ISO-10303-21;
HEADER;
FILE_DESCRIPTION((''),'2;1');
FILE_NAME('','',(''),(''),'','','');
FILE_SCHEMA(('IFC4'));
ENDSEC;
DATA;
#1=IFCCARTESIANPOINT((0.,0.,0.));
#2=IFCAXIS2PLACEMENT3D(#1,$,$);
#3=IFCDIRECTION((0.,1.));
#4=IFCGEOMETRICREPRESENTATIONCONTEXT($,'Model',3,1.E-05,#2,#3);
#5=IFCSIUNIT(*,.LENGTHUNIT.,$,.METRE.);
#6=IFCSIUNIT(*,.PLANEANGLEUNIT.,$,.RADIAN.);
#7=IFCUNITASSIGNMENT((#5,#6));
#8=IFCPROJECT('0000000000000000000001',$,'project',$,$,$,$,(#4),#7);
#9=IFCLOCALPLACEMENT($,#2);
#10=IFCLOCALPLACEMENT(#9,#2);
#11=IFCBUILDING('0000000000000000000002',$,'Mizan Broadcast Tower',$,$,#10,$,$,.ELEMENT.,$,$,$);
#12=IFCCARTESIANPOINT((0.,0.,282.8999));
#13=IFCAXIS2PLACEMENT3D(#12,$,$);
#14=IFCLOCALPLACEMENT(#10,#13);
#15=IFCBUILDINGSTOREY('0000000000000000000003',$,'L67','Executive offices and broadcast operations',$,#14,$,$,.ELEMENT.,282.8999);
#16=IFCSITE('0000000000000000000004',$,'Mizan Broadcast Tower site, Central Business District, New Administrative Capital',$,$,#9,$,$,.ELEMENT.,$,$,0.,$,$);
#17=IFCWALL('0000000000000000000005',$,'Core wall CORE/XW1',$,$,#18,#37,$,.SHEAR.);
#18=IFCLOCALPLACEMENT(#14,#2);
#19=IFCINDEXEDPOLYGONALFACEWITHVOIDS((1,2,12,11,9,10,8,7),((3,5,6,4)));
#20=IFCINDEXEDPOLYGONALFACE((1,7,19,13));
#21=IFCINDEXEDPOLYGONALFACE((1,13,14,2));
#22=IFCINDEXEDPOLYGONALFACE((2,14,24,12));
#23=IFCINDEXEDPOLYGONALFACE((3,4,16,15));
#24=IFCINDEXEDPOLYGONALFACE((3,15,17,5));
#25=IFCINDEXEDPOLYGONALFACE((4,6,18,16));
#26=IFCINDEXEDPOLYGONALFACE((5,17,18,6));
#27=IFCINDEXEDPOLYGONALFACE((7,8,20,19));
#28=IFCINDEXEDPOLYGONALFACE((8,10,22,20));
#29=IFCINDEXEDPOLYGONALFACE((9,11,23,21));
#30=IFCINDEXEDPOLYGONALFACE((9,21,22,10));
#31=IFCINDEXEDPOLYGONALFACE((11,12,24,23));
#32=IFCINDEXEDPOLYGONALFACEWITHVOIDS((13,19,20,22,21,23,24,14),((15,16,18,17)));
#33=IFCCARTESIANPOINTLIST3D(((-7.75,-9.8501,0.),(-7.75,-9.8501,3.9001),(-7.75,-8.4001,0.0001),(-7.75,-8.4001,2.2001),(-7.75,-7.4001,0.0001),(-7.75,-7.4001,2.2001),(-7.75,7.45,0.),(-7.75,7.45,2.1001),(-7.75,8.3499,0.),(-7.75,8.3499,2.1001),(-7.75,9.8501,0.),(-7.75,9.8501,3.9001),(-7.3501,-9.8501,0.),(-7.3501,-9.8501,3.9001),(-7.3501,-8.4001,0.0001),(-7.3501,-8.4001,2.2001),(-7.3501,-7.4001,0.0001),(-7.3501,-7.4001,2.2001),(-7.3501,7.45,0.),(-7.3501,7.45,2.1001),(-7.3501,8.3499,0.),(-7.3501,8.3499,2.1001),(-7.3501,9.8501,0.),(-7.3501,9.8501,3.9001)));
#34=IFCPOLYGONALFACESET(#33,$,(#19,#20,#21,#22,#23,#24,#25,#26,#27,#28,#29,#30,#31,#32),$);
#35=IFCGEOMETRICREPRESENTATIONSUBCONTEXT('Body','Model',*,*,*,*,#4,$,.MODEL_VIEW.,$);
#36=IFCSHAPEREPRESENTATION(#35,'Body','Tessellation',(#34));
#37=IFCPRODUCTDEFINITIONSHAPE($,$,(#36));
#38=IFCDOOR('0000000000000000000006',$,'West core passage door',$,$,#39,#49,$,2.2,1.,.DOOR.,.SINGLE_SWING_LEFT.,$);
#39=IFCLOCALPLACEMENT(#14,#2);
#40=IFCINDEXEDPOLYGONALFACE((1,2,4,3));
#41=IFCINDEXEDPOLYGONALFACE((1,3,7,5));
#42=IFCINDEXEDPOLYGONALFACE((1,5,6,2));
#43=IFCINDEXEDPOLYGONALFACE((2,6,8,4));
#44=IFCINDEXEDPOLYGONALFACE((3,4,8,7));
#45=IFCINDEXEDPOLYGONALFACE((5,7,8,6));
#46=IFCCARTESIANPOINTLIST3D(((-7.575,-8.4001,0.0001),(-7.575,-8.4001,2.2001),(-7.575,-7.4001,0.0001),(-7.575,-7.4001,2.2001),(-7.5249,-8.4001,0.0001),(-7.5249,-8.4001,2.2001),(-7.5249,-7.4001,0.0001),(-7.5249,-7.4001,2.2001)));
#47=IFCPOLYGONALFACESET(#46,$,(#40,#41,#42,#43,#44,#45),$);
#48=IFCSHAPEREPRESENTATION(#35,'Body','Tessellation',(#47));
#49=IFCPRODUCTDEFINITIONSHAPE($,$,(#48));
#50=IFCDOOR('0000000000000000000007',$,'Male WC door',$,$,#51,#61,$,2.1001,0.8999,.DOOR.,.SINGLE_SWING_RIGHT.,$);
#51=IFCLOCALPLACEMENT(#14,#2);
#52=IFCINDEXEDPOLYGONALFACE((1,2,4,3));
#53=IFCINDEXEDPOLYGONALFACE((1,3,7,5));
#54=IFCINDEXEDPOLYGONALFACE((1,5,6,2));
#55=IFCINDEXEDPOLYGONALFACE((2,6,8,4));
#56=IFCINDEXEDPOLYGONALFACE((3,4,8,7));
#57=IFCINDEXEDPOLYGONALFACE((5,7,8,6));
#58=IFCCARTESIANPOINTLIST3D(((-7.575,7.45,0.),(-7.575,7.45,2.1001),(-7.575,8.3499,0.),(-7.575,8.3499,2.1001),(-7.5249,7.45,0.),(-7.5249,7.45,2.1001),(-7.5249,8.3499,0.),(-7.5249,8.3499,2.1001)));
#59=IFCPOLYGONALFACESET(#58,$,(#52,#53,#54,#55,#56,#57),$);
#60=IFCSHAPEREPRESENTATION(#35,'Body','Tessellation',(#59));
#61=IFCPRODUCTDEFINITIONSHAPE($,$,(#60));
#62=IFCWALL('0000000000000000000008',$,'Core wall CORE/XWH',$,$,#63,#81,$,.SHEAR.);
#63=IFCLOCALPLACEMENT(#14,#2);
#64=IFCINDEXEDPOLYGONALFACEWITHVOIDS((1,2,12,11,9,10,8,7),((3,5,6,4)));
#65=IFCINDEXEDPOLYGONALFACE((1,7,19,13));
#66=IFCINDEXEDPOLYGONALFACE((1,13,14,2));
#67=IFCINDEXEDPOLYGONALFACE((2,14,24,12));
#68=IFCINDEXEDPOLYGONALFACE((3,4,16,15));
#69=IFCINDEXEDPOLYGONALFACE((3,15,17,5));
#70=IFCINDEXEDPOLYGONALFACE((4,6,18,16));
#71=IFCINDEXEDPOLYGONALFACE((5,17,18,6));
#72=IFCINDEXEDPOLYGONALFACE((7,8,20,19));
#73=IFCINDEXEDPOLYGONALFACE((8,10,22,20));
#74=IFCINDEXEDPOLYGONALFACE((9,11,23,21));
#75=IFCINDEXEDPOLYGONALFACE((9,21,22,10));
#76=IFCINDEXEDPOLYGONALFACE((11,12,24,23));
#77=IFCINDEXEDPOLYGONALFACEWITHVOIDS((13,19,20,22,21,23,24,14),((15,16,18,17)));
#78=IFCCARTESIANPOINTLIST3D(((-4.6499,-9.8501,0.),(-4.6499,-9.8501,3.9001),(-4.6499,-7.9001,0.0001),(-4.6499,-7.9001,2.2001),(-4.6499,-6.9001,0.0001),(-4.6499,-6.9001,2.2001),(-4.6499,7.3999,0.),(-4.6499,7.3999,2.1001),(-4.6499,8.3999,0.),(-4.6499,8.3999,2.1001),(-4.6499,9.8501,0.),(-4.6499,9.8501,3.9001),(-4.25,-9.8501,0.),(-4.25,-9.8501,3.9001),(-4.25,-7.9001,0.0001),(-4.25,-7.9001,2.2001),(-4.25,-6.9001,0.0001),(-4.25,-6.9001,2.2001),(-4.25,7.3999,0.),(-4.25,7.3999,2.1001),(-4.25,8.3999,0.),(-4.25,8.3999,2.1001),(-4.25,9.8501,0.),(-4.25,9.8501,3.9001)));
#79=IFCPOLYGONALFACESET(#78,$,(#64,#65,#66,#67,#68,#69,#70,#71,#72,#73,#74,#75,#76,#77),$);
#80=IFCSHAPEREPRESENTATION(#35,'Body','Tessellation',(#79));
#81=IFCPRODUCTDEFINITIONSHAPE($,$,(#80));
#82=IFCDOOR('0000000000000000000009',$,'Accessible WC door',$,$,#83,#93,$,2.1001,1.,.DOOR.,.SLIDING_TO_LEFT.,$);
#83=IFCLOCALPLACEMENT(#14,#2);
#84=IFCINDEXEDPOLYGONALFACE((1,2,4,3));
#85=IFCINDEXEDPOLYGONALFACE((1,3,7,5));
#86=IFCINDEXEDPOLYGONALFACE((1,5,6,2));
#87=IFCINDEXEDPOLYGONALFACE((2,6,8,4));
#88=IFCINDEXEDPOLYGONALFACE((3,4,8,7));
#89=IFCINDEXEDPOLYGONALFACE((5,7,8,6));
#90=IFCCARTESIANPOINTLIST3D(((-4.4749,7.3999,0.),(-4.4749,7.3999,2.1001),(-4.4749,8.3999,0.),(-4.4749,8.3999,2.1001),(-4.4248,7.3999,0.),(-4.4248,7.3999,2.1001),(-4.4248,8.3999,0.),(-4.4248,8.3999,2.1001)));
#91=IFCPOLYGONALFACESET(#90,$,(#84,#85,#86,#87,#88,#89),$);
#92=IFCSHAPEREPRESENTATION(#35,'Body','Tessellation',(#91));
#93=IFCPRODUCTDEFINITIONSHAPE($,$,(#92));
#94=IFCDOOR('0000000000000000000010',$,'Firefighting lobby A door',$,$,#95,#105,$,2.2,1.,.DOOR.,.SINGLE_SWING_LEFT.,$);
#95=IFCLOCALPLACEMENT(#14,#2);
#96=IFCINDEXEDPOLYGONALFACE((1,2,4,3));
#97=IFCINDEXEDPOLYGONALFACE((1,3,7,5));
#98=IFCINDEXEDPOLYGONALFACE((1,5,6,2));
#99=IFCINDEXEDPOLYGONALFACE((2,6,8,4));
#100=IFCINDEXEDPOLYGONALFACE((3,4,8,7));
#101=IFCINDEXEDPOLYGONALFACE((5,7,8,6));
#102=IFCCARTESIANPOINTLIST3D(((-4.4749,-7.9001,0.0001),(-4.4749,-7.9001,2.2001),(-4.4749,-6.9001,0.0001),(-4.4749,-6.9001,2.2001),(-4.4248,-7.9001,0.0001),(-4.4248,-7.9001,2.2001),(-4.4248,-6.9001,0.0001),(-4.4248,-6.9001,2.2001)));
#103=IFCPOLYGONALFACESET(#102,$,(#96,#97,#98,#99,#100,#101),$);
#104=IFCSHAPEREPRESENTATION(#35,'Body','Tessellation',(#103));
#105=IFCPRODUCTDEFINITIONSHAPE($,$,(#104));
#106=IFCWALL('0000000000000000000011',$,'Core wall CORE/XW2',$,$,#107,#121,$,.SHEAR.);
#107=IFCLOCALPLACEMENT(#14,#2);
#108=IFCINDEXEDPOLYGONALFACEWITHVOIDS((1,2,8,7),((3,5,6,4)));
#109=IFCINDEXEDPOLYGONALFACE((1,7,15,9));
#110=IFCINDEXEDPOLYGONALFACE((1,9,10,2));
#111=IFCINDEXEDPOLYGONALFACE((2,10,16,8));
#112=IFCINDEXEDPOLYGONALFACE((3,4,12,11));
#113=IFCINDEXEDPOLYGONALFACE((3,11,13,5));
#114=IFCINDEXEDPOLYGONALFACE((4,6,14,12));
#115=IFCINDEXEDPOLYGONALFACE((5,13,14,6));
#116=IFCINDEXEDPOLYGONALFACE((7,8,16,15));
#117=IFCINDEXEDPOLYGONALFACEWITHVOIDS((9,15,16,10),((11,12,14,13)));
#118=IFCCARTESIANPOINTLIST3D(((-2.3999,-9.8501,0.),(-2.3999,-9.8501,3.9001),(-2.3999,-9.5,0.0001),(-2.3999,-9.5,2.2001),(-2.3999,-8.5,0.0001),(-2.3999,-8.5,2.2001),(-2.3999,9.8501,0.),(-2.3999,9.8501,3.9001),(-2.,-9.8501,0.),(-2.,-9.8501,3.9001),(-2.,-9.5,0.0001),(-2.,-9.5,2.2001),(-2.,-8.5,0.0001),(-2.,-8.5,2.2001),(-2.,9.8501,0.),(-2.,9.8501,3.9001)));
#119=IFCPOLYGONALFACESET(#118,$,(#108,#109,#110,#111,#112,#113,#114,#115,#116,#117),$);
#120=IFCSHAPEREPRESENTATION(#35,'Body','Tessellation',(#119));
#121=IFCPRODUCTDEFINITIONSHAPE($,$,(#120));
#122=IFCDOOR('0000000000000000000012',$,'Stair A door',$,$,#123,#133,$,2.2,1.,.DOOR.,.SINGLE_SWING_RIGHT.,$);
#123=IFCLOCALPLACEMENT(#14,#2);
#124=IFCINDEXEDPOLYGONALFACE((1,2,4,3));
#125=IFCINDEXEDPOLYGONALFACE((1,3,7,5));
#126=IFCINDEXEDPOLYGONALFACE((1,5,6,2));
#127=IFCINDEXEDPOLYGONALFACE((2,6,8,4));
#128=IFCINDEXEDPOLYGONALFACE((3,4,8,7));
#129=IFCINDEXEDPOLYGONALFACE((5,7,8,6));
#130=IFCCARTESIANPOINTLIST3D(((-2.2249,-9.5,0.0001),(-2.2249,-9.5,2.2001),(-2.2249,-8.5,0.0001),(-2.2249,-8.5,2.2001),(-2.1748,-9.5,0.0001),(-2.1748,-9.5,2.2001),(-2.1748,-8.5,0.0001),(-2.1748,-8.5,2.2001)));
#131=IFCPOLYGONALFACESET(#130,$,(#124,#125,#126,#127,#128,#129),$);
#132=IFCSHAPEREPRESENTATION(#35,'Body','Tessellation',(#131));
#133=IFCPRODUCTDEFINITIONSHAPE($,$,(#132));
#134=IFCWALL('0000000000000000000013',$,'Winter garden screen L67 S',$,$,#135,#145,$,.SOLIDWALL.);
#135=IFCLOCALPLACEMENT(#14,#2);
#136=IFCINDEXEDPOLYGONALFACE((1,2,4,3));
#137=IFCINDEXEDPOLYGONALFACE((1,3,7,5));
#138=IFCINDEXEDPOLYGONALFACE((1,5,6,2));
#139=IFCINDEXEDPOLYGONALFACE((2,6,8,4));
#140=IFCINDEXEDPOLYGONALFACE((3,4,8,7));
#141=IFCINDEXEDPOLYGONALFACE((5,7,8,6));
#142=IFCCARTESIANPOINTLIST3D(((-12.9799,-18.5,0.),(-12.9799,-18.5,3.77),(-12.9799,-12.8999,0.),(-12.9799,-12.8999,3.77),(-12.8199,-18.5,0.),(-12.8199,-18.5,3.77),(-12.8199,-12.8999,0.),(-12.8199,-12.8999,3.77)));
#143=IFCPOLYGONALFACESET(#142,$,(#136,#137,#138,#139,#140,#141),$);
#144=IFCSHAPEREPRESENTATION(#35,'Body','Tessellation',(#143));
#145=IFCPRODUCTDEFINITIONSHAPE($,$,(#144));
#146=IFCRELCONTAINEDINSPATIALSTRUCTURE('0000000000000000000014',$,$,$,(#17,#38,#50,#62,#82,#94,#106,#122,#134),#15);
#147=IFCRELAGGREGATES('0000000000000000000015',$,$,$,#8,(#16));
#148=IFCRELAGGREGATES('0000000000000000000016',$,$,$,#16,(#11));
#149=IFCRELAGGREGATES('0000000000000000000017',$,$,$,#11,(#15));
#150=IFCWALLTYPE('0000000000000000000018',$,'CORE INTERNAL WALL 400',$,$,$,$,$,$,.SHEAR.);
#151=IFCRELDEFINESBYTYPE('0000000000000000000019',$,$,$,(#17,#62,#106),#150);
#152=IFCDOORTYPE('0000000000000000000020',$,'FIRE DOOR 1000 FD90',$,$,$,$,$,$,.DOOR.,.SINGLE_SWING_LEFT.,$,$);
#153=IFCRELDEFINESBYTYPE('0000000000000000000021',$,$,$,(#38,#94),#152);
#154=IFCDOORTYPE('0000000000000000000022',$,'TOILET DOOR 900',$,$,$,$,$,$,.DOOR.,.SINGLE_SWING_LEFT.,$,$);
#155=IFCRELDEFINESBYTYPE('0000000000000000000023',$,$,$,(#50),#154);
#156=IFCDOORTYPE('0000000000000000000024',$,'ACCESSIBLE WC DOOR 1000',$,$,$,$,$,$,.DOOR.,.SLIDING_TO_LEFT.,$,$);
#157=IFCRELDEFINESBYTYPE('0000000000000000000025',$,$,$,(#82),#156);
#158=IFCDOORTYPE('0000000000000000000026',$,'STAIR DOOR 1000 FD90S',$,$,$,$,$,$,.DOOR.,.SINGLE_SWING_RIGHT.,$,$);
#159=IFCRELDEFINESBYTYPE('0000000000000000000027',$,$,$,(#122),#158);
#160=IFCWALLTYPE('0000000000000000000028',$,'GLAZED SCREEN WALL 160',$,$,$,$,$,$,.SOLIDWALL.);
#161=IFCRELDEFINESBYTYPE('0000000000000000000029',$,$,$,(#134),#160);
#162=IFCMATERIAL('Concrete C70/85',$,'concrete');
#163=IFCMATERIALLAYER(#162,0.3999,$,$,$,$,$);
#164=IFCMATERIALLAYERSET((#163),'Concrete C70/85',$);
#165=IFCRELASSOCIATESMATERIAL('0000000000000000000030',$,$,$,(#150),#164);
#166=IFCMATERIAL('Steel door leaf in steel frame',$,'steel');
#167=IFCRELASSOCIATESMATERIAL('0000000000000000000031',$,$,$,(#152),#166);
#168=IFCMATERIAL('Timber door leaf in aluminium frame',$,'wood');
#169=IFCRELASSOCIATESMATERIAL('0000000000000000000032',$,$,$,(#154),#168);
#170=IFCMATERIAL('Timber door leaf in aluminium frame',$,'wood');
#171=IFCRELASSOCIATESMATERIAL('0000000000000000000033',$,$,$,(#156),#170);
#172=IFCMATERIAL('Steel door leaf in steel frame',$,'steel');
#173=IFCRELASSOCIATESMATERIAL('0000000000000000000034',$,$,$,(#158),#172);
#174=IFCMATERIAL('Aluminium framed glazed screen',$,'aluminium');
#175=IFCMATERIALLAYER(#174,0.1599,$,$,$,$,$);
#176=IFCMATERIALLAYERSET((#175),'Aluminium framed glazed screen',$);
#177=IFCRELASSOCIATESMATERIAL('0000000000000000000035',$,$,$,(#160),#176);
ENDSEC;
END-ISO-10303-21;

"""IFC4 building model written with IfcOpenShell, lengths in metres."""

from ifc_helpers import new_model, si_unit, direction, frame, frame_2d, origin, place, context, subcontext, project, spatial, rectangle, extrude, material, layer, layer_set, type_object, element, fill, save


model = new_model("IFC4")

# Units and contexts
model_context = context("Model", 3, precision=1e-05, world=origin(), true_north=direction((0.0, 1.0)))
body_context = subcontext(model_context, "Body", "Model", "MODEL_VIEW")
ifc_project = project(units=[si_unit("LENGTHUNIT", "METRE"), si_unit("PLANEANGLEUNIT", "RADIAN")], contexts=[model_context])

# Site, building, storey
site_placement = place(None, origin())
site = spatial("IfcSite", under=ifc_project, at=site_placement, Name="Mizan Broadcast Tower site, Central Business District, New Administrative Capital", CompositionType="ELEMENT", RefElevation=0.0)
building_placement = place(site_placement, origin())
building = spatial("IfcBuilding", under=site, at=building_placement, Name="Mizan Broadcast Tower", CompositionType="ELEMENT")
storey_placement = place(building_placement, frame((0.0, 0.0, 282.8999)))
storey = spatial("IfcBuildingStorey", under=building, at=storey_placement, Name="L67", Description="Executive offices and broadcast operations", CompositionType="ELEMENT", Elevation=282.8999)

# Walls, openings, doors
ifc_material_1 = material(Name="Concrete C70/85", Category="concrete")
ifc_layer_1 = layer(ifc_material_1, 0.3999)
ifc_layer_set_1 = layer_set([ifc_layer_1], Name="Concrete C70/85")
wall_type_1 = type_object("IfcWallType", Name="CORE INTERNAL WALL 400", PredefinedType="SHEAR", material=ifc_layer_set_1)
wall_1_placement = place(storey_placement, frame((-7.55, -9.8501, 0.0), z_axis=(0.0, 0.0, 1.0), x_axis=(0.0, 1.0, 0.0)))
wall_1 = element("IfcWall", 1, at=wall_1_placement, inside=storey, type_object=wall_type_1, Name="Core wall CORE/XW1", PredefinedType="SHEAR", context=body_context, shape_type="SweptSolid", body=[
    extrude(rectangle(XDim=19.7002, YDim=0.3999, at=frame_2d((9.8501, 0.0))), origin(), (0.0, 0.0, 1.0), 3.9001),
])
opening_1_placement = place(wall_1_placement, frame((1.45, 0.0, 0.0)))
opening_1 = element("IfcOpeningElement", 2, at=opening_1_placement, cuts=wall_1, PredefinedType="OPENING", context=body_context, shape_type="SweptSolid", body=[
    extrude(rectangle(XDim=1.0, YDim=2.2, at=frame_2d((0.5, 1.1001))), frame((0.0, 0.21, 0.0), z_axis=(0.0, -1.0, 0.0), x_axis=(1.0, 0.0, 0.0)), (0.0, 0.0, 1.0), 0.4199),
])
opening_2_placement = place(wall_1_placement, frame((17.3, 0.0, 0.0)))
opening_2 = element("IfcOpeningElement", 3, at=opening_2_placement, cuts=wall_1, PredefinedType="OPENING", context=body_context, shape_type="SweptSolid", body=[
    extrude(rectangle(XDim=0.8999, YDim=2.1001, at=frame_2d((0.45, 1.05))), frame((0.0, 0.21, 0.0), z_axis=(0.0, -1.0, 0.0), x_axis=(1.0, 0.0, 0.0)), (0.0, 0.0, 1.0), 0.4199),
])
ifc_material_2 = material(Name="Steel door leaf in steel frame", Category="steel")
door_type_1 = type_object("IfcDoorType", Name="FIRE DOOR 1000 FD90", OperationType="SINGLE_SWING_LEFT", PredefinedType="DOOR", material=ifc_material_2)
door_1_placement = place(opening_1_placement, origin())
door_1 = element("IfcDoor", 4, at=door_1_placement, inside=storey, type_object=door_type_1, Name="West core passage door", OperationType="SINGLE_SWING_LEFT", OverallHeight=2.2, OverallWidth=1.0, PredefinedType="DOOR", context=body_context, shape_type="SweptSolid", body=[
    extrude(rectangle(XDim=1.0, YDim=2.2, at=frame_2d((0.5, 1.1001))), frame((0.0, 0.0249, 0.0), z_axis=(0.0, -1.0, 0.0), x_axis=(1.0, 0.0, 0.0)), (0.0, 0.0, 1.0), 0.05),
])
fill(opening_1, door_1)
ifc_material_3 = material(Name="Timber door leaf in aluminium frame", Category="wood")
door_type_2 = type_object("IfcDoorType", Name="TOILET DOOR 900", OperationType="SINGLE_SWING_LEFT", PredefinedType="DOOR", material=ifc_material_3)
door_2_placement = place(opening_2_placement, origin())
door_2 = element("IfcDoor", 5, at=door_2_placement, inside=storey, type_object=door_type_2, Name="Male WC door", OperationType="SINGLE_SWING_RIGHT", OverallHeight=2.1001, OverallWidth=0.8999, PredefinedType="DOOR", context=body_context, shape_type="SweptSolid", body=[
    extrude(rectangle(XDim=0.8999, YDim=2.1001, at=frame_2d((0.45, 1.05))), frame((0.0, 0.0249, 0.0), z_axis=(0.0, -1.0, 0.0), x_axis=(1.0, 0.0, 0.0)), (0.0, 0.0, 1.0), 0.05),
])
fill(opening_2, door_2)
wall_2_placement = place(storey_placement, frame((-4.45, -9.8501, 0.0), z_axis=(0.0, 0.0, 1.0), x_axis=(0.0, 1.0, 0.0)))
wall_2 = element("IfcWall", 6, at=wall_2_placement, inside=storey, type_object=wall_type_1, Name="Core wall CORE/XWH", PredefinedType="SHEAR", context=body_context, shape_type="SweptSolid", body=[
    extrude(rectangle(XDim=19.7002, YDim=0.3999, at=frame_2d((9.8501, 0.0))), origin(), (0.0, 0.0, 1.0), 3.9001),
])
opening_3_placement = place(wall_2_placement, frame((1.95, 0.0, 0.0)))
opening_3 = element("IfcOpeningElement", 7, at=opening_3_placement, cuts=wall_2, PredefinedType="OPENING", context=body_context, shape_type="SweptSolid", body=[
    extrude(rectangle(XDim=1.0, YDim=2.2, at=frame_2d((0.5, 1.1001))), frame((0.0, 0.21, 0.0), z_axis=(0.0, -1.0, 0.0), x_axis=(1.0, 0.0, 0.0)), (0.0, 0.0, 1.0), 0.4199),
])
opening_4_placement = place(wall_2_placement, frame((17.25, 0.0, 0.0)))
opening_4 = element("IfcOpeningElement", 8, at=opening_4_placement, cuts=wall_2, PredefinedType="OPENING", context=body_context, shape_type="SweptSolid", body=[
    extrude(rectangle(XDim=1.0, YDim=2.1001, at=frame_2d((0.5, 1.05))), frame((0.0, 0.21, 0.0), z_axis=(0.0, -1.0, 0.0), x_axis=(1.0, 0.0, 0.0)), (0.0, 0.0, 1.0), 0.4199),
])
ifc_material_4 = material(Name="Timber door leaf in aluminium frame", Category="wood")
door_type_3 = type_object("IfcDoorType", Name="ACCESSIBLE WC DOOR 1000", OperationType="SLIDING_TO_LEFT", PredefinedType="DOOR", material=ifc_material_4)
door_3_placement = place(opening_4_placement, origin())
door_3 = element("IfcDoor", 9, at=door_3_placement, inside=storey, type_object=door_type_3, Name="Accessible WC door", OperationType="SLIDING_TO_LEFT", OverallHeight=2.1001, OverallWidth=1.0, PredefinedType="DOOR", context=body_context, shape_type="SweptSolid", body=[
    extrude(rectangle(XDim=1.0, YDim=2.1001, at=frame_2d((0.5, 1.05))), frame((0.0, 0.0249, 0.0), z_axis=(0.0, -1.0, 0.0), x_axis=(1.0, 0.0, 0.0)), (0.0, 0.0, 1.0), 0.05),
])
fill(opening_4, door_3)
door_4_placement = place(opening_3_placement, origin())
door_4 = element("IfcDoor", 10, at=door_4_placement, inside=storey, type_object=door_type_1, Name="Firefighting lobby A door", OperationType="SINGLE_SWING_LEFT", OverallHeight=2.2, OverallWidth=1.0, PredefinedType="DOOR", context=body_context, shape_type="SweptSolid", body=[
    extrude(rectangle(XDim=1.0, YDim=2.2, at=frame_2d((0.5, 1.1001))), frame((0.0, 0.0249, 0.0), z_axis=(0.0, -1.0, 0.0), x_axis=(1.0, 0.0, 0.0)), (0.0, 0.0, 1.0), 0.05),
])
fill(opening_3, door_4)

# Wall, opening, door
wall_3_placement = place(storey_placement, frame((-2.2, -9.8501, 0.0), z_axis=(0.0, 0.0, 1.0), x_axis=(0.0, 1.0, 0.0)))
wall_3 = element("IfcWall", 11, at=wall_3_placement, inside=storey, type_object=wall_type_1, Name="Core wall CORE/XW2", PredefinedType="SHEAR", context=body_context, shape_type="SweptSolid", body=[
    extrude(rectangle(XDim=19.7002, YDim=0.3999, at=frame_2d((9.8501, 0.0))), origin(), (0.0, 0.0, 1.0), 3.9001),
])
opening_5_placement = place(wall_3_placement, frame((0.3501, 0.0, 0.0)))
opening_5 = element("IfcOpeningElement", 12, at=opening_5_placement, cuts=wall_3, PredefinedType="OPENING", context=body_context, shape_type="SweptSolid", body=[
    extrude(rectangle(XDim=1.0, YDim=2.2, at=frame_2d((0.5, 1.1001))), frame((0.0, 0.21, 0.0), z_axis=(0.0, -1.0, 0.0), x_axis=(1.0, 0.0, 0.0)), (0.0, 0.0, 1.0), 0.4199),
])
ifc_material_5 = material(Name="Steel door leaf in steel frame", Category="steel")
door_type_4 = type_object("IfcDoorType", Name="STAIR DOOR 1000 FD90S", OperationType="SINGLE_SWING_RIGHT", PredefinedType="DOOR", material=ifc_material_5)
door_5_placement = place(opening_5_placement, origin())
door_5 = element("IfcDoor", 13, at=door_5_placement, inside=storey, type_object=door_type_4, Name="Stair A door", OperationType="SINGLE_SWING_RIGHT", OverallHeight=2.2, OverallWidth=1.0, PredefinedType="DOOR", context=body_context, shape_type="SweptSolid", body=[
    extrude(rectangle(XDim=1.0, YDim=2.2, at=frame_2d((0.5, 1.1001))), frame((0.0, 0.0249, 0.0), z_axis=(0.0, -1.0, 0.0), x_axis=(1.0, 0.0, 0.0)), (0.0, 0.0, 1.0), 0.05),
])
fill(opening_5, door_5)

# Wall
ifc_material_6 = material(Name="Aluminium framed glazed screen", Category="aluminium")
ifc_layer_2 = layer(ifc_material_6, 0.1599)
ifc_layer_set_2 = layer_set([ifc_layer_2], Name="Aluminium framed glazed screen")
wall_type_2 = type_object("IfcWallType", Name="GLAZED SCREEN WALL 160", PredefinedType="SOLIDWALL", material=ifc_layer_set_2)
wall_4_placement = place(storey_placement, frame((-12.8999, -12.8999, 0.0), z_axis=(0.0, 0.0, 1.0), x_axis=(0.0, -1.0, 0.0)))
element("IfcWall", 14, at=wall_4_placement, inside=storey, type_object=wall_type_2, Name="Winter garden screen L67 S", PredefinedType="SOLIDWALL", context=body_context, shape_type="SweptSolid", body=[
    extrude(rectangle(XDim=5.6001, YDim=0.1599, at=frame_2d((2.8, 0.0))), origin(), (0.0, 0.0, 1.0), 3.77),
])

save(model, "model.ifc")
